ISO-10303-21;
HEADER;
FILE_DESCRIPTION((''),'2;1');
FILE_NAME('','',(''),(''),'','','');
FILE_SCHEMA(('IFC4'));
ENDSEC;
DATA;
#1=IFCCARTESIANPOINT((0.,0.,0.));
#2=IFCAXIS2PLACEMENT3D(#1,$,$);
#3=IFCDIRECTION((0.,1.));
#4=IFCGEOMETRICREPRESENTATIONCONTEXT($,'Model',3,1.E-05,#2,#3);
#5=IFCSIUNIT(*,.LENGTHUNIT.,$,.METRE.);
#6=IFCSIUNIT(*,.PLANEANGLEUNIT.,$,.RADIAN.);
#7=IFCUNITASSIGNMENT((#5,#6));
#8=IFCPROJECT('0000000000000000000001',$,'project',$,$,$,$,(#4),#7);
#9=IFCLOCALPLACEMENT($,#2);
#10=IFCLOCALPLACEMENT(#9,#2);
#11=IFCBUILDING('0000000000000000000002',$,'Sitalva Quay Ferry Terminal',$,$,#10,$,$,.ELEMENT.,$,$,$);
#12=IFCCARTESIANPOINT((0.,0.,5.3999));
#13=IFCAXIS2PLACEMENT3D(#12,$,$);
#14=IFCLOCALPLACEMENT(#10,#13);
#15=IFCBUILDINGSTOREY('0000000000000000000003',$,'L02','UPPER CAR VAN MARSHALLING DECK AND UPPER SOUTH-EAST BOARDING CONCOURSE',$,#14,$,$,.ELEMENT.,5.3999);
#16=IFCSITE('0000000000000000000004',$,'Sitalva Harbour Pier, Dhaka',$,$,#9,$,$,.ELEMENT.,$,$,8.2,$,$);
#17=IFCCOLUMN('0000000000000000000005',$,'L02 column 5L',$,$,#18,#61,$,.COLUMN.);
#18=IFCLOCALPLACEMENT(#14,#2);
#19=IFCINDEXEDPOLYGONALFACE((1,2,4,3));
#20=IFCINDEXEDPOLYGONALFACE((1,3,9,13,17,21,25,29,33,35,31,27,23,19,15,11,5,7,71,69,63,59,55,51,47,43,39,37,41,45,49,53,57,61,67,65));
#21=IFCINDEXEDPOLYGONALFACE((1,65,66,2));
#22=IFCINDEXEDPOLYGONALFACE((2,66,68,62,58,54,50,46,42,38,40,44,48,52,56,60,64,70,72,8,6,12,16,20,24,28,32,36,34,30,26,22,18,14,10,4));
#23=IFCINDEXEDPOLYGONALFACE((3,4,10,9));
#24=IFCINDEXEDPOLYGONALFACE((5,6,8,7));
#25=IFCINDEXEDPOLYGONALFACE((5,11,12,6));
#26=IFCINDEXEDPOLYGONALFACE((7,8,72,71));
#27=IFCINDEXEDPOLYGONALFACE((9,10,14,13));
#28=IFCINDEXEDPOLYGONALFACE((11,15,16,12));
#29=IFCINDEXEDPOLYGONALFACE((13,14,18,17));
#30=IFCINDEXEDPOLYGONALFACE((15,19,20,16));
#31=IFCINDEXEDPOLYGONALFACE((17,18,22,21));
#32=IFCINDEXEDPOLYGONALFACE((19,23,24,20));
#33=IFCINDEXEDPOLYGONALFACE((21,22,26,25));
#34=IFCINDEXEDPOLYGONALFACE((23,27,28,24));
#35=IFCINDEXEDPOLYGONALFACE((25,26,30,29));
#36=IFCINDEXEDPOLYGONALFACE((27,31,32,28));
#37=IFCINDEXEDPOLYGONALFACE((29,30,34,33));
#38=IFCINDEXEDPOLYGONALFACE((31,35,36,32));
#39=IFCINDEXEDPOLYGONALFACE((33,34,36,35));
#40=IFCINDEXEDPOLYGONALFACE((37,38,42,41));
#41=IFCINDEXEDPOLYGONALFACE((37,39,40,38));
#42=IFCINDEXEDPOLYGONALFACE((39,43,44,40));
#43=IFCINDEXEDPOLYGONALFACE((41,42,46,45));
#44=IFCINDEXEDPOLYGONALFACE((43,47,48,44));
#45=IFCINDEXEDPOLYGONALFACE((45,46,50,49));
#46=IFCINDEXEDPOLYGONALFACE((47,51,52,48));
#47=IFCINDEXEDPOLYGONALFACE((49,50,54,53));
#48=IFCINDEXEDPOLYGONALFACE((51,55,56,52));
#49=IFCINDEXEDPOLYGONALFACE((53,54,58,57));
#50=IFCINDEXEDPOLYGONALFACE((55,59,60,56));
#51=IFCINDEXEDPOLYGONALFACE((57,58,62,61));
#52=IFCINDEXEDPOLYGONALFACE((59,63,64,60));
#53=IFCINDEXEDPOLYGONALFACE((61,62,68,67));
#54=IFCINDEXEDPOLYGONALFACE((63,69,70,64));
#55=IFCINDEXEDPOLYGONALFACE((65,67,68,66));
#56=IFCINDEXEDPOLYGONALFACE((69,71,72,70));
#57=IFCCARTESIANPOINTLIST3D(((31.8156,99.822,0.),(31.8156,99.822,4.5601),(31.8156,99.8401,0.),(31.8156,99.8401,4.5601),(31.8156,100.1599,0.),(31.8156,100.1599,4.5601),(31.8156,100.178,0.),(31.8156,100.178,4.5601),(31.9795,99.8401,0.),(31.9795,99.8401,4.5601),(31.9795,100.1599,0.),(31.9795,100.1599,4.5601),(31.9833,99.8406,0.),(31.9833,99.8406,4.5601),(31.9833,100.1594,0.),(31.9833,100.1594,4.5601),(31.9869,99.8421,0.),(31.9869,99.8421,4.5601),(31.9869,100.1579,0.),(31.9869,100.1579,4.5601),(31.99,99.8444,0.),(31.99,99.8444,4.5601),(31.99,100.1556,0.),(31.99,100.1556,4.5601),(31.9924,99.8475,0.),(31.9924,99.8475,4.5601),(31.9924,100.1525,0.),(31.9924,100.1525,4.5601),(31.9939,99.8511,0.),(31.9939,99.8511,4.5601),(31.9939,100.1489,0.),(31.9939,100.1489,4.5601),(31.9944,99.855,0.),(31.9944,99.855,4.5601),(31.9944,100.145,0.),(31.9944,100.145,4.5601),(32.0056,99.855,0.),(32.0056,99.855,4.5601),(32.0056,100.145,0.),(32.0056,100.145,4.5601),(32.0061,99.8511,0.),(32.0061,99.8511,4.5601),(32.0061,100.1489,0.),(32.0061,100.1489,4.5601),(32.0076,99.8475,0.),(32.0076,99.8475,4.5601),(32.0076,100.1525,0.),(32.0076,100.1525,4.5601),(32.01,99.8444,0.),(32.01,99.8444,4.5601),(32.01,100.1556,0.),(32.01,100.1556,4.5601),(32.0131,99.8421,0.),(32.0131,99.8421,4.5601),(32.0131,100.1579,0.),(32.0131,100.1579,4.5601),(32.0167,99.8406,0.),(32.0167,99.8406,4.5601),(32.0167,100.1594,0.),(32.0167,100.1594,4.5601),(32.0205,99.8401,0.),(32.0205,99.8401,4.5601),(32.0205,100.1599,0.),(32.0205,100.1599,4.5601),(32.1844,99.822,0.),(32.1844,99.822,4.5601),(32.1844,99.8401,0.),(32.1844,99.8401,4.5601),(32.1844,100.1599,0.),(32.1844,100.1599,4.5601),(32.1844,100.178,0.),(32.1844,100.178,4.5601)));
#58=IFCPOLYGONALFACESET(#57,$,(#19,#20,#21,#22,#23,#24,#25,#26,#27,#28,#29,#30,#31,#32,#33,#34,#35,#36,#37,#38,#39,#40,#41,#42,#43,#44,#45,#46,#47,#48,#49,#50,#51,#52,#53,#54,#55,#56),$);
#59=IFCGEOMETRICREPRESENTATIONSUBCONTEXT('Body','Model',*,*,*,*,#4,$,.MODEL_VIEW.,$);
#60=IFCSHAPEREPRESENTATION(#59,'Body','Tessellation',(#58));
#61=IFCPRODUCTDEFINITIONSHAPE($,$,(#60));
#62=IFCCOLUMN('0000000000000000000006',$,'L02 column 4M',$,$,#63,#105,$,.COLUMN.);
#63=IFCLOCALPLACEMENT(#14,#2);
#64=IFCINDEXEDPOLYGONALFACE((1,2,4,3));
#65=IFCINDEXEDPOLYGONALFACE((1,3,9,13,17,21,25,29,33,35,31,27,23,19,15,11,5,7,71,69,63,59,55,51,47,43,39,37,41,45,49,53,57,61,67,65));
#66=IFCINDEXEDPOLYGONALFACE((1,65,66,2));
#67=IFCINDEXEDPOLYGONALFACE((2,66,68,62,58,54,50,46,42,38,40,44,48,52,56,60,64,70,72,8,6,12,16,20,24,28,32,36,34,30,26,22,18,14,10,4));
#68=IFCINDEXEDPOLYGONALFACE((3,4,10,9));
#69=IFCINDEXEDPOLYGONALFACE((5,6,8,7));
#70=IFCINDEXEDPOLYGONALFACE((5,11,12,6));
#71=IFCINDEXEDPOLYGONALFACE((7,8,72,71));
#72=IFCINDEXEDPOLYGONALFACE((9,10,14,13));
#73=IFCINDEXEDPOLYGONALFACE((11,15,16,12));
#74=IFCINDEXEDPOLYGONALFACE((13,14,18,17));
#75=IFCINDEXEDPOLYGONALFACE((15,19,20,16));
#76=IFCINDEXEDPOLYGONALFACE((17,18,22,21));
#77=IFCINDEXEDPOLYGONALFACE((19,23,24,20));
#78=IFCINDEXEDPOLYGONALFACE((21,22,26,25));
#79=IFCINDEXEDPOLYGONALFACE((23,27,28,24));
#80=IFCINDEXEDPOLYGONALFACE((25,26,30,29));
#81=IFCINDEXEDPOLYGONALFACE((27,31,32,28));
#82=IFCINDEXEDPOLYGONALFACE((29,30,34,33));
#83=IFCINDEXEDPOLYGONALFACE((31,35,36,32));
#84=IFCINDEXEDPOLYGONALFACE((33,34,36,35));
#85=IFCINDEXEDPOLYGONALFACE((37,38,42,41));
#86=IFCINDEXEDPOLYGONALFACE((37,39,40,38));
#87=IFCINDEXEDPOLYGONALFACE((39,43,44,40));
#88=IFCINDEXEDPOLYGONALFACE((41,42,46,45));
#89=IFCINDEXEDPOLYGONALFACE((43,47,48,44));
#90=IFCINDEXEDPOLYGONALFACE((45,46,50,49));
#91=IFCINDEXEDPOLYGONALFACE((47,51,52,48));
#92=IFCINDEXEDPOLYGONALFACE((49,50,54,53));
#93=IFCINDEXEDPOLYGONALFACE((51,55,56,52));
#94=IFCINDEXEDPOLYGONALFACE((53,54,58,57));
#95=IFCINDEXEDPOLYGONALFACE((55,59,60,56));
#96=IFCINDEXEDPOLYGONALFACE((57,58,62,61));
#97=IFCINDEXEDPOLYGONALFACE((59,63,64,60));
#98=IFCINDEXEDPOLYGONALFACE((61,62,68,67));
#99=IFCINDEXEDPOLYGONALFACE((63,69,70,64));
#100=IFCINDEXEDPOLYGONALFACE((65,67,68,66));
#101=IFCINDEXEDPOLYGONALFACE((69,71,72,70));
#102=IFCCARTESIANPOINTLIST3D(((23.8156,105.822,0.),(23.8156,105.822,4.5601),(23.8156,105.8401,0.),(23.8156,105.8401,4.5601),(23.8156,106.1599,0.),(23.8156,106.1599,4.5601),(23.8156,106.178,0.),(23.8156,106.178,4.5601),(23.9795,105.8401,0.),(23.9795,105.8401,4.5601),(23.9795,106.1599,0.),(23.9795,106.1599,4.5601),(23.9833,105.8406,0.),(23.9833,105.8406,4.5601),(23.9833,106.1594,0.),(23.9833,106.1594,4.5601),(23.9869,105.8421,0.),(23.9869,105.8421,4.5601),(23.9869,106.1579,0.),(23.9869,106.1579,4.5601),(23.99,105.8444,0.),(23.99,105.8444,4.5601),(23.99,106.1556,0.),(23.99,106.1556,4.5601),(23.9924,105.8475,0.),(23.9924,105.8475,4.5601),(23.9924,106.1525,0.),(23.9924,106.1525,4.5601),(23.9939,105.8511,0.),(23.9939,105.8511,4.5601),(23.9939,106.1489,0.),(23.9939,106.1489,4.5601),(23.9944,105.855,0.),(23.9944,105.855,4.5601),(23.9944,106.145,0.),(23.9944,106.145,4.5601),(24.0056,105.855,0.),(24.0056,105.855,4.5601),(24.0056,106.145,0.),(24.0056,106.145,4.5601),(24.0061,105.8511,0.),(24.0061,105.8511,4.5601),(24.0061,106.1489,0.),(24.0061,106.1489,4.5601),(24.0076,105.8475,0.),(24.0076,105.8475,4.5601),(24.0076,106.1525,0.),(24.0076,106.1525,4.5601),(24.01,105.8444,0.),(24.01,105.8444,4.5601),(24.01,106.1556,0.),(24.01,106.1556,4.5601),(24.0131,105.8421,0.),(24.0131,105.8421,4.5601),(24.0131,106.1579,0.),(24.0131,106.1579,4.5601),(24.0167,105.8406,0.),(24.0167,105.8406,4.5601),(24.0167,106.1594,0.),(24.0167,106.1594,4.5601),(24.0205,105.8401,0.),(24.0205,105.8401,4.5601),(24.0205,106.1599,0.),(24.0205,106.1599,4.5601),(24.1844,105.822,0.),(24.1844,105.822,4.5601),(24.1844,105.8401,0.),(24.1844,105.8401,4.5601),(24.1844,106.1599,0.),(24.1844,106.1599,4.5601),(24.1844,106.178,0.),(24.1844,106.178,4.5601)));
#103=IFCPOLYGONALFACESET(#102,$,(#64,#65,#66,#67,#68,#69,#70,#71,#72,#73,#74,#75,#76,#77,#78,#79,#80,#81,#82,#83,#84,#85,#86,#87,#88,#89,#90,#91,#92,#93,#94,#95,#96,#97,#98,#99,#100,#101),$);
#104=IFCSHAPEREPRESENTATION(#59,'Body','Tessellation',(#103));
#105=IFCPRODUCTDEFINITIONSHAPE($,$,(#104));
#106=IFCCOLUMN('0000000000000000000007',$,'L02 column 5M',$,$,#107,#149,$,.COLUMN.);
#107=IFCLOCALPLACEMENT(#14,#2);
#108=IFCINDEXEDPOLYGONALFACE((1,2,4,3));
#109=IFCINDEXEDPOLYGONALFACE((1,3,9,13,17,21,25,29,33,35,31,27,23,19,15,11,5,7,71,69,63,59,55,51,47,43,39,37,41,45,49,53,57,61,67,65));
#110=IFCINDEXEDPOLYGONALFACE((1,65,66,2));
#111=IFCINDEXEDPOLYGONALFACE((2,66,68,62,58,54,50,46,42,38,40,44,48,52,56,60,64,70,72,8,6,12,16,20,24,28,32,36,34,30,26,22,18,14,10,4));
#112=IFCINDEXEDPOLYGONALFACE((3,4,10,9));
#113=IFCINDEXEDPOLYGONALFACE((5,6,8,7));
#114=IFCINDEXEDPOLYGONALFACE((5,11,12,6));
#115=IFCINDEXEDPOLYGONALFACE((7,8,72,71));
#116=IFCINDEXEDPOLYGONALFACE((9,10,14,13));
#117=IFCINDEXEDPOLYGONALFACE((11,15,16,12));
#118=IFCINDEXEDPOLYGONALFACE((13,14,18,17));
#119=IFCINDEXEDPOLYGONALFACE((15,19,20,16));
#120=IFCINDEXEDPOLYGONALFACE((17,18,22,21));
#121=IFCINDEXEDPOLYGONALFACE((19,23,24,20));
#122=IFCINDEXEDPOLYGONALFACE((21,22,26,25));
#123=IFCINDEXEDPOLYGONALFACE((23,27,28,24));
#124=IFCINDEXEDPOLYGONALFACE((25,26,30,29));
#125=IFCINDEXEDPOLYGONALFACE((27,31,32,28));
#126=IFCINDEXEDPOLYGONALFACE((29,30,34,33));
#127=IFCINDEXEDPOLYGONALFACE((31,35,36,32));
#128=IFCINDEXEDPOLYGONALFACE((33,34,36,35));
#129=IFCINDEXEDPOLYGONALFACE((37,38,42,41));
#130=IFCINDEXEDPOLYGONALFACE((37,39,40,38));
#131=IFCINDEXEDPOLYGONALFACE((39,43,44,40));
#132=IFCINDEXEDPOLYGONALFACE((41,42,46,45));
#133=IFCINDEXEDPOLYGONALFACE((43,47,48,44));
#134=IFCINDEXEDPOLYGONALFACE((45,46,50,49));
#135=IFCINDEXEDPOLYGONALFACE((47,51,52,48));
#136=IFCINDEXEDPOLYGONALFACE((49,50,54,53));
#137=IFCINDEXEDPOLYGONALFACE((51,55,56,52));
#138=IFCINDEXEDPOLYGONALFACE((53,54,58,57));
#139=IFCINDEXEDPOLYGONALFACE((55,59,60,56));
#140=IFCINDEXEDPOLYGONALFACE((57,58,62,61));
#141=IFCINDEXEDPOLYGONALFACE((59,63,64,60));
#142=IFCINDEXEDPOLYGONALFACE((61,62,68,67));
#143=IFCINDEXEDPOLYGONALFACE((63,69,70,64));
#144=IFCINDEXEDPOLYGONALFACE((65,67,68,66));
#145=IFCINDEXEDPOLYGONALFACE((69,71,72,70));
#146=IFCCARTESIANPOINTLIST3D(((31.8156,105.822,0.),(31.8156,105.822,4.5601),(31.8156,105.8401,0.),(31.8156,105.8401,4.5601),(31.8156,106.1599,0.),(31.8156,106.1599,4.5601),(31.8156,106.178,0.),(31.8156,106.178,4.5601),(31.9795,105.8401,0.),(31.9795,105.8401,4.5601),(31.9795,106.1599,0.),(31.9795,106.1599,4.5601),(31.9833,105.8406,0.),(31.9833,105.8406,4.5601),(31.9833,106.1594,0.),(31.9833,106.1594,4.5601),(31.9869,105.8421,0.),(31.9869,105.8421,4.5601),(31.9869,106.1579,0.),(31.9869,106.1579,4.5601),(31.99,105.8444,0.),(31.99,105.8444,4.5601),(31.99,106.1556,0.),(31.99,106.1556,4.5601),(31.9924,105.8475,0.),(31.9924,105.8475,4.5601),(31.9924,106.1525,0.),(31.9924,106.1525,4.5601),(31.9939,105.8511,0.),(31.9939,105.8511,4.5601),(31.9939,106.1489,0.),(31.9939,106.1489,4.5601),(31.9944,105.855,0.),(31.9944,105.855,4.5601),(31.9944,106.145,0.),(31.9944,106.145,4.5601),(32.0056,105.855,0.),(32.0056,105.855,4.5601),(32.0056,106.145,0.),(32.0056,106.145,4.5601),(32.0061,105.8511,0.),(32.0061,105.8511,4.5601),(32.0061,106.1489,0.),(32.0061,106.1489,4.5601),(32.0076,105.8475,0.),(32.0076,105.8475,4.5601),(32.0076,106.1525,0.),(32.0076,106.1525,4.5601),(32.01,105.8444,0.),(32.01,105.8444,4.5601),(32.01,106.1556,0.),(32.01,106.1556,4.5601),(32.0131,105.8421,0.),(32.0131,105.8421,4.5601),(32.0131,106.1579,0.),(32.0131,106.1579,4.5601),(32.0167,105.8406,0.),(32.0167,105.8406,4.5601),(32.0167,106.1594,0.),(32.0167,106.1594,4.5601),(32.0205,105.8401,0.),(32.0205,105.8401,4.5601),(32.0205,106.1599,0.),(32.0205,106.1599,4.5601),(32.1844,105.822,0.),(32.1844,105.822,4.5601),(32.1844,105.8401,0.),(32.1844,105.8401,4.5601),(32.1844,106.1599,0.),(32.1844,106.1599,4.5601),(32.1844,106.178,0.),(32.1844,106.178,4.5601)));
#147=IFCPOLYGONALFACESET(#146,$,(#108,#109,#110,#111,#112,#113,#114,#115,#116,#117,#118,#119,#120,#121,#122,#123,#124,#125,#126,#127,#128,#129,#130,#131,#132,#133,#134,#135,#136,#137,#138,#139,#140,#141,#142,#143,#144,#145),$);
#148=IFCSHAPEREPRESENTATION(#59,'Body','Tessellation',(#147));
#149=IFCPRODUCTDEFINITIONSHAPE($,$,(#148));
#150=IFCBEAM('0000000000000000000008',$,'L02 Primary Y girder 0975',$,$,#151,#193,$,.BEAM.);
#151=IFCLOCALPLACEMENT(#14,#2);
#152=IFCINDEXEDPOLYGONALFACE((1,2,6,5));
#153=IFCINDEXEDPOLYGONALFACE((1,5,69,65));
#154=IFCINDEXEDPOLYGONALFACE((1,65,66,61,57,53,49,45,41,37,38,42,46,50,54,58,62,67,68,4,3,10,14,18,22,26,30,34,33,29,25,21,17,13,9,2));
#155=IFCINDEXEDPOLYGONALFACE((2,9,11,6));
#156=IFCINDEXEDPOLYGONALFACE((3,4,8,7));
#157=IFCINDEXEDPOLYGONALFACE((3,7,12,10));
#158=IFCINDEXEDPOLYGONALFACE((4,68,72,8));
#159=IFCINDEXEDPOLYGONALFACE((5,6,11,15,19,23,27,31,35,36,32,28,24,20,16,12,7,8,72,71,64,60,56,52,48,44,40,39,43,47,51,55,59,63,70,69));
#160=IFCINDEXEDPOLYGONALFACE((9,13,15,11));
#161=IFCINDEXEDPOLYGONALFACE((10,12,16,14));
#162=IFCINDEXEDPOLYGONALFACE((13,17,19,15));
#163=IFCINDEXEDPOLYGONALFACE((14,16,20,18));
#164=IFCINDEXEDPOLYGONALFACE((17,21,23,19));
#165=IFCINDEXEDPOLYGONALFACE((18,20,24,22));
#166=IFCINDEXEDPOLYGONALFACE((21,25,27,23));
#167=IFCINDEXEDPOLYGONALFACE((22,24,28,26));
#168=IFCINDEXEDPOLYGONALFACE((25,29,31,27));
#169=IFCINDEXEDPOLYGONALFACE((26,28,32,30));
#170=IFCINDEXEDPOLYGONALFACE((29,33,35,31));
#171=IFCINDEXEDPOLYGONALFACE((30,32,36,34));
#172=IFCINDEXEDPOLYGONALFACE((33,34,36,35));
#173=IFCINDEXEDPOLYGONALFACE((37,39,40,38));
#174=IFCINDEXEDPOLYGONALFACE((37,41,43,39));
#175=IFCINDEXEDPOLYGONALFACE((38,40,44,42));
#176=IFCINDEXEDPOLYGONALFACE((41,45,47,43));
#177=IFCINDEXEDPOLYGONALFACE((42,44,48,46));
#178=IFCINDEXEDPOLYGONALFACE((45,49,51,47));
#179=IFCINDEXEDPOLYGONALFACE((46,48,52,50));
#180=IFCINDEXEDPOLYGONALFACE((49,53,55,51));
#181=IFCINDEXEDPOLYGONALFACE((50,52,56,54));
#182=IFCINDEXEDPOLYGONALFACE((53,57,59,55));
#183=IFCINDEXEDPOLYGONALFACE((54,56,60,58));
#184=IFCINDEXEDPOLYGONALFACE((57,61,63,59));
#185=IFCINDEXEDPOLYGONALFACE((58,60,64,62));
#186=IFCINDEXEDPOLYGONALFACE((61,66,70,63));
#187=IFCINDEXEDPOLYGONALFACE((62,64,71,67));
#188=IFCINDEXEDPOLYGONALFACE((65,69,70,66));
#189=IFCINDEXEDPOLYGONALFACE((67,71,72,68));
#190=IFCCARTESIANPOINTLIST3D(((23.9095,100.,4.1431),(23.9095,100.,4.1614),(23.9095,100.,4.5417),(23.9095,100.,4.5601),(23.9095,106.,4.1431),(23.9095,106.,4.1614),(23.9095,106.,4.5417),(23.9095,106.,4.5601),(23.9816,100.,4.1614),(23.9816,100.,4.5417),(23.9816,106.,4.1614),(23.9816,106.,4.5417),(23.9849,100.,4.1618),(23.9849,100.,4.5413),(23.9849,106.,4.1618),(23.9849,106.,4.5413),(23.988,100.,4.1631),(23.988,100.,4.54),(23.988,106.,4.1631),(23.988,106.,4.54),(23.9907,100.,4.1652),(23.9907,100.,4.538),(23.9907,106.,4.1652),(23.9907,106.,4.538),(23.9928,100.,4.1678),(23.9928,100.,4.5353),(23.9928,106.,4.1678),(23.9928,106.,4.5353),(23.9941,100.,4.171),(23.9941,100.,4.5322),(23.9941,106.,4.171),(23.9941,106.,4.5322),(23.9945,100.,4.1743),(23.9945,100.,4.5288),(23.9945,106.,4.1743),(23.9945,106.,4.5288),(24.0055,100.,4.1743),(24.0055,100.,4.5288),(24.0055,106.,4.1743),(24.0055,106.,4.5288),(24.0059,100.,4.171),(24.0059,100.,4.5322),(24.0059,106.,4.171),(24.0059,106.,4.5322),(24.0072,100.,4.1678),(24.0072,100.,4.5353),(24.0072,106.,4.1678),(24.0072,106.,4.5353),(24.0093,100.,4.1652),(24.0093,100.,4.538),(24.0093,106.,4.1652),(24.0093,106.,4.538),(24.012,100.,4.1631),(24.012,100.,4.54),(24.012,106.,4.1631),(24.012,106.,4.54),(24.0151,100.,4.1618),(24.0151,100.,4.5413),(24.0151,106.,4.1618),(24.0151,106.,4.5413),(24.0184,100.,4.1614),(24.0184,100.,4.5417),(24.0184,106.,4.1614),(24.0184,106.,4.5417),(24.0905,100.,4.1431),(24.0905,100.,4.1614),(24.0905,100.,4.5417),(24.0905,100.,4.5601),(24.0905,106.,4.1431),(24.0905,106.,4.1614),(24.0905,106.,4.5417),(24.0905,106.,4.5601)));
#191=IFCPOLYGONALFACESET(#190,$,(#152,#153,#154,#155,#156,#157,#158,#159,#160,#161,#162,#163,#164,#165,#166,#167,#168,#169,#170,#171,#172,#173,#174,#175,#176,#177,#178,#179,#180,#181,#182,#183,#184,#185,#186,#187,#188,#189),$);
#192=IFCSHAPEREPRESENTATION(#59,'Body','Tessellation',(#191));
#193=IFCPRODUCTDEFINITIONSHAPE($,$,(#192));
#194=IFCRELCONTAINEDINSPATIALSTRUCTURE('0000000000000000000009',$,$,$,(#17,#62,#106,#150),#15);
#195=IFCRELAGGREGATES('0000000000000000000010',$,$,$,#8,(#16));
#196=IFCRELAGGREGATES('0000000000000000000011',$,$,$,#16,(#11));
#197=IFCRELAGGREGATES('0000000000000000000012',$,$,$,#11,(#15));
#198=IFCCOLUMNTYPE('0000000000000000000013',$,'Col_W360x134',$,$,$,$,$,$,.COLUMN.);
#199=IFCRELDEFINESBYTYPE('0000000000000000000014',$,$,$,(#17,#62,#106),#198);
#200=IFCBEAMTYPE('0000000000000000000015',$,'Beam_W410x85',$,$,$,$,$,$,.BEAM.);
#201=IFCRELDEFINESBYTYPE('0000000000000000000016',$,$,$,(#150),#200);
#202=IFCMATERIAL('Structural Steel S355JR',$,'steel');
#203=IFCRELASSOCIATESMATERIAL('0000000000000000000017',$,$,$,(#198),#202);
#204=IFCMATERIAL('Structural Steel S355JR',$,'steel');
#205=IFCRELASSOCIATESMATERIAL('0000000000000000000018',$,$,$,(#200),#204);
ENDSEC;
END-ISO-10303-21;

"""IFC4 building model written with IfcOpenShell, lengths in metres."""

from ifc_helpers import new_model, si_unit, direction, frame, origin, origin_2d, place, context, subcontext, project, spatial, i_section, extrude, material, material_profile, profile_set, type_object, element, save


model = new_model("IFC4")

# Units and contexts
model_context = context("Model", 3, precision=1e-05, world=origin(), true_north=direction((0.0, 1.0)))
body_context = subcontext(model_context, "Body", "Model", "MODEL_VIEW")
ifc_project = project(units=[si_unit("LENGTHUNIT", "METRE"), si_unit("PLANEANGLEUNIT", "RADIAN")], contexts=[model_context])

# Site, building, storey
site_placement = place(None, origin())
site = spatial("IfcSite", under=ifc_project, at=site_placement, Name="Sitalva Harbour Pier, Dhaka", CompositionType="ELEMENT", RefElevation=8.2)
building_placement = place(site_placement, origin())
building = spatial("IfcBuilding", under=site, at=building_placement, Name="Sitalva Quay Ferry Terminal", CompositionType="ELEMENT")
storey_placement = place(building_placement, frame((0.0, 0.0, 5.3999)))
storey = spatial("IfcBuildingStorey", under=building, at=storey_placement, Name="L02", Description="UPPER CAR VAN MARSHALLING DECK AND UPPER SOUTH-EAST BOARDING CONCOURSE", CompositionType="ELEMENT", Elevation=5.3999)

# Columns
ifc_material_1 = material(Name="Structural Steel S355JR", Category="steel")
ifc_material_profile_1 = material_profile(ifc_material_1, i_section(OverallWidth=0.3689, OverallDepth=0.356, WebThickness=0.0112, FlangeThickness=0.0181, FilletRadius=0.0149, at=origin_2d()), Name="W360x134")
ifc_profile_set_1 = profile_set([ifc_material_profile_1], Name="Structural Steel S355JR")
column_type = type_object("IfcColumnType", Name="Col_W360x134", PredefinedType="COLUMN", material=ifc_profile_set_1)
for number, where, z_axis, x_axis, name in (
    (1, (32.0, 100.0, 0.0), (0.0, 0.0, 1.0), (1.0, 0.0, 0.0), "L02 column 5L"),
    (2, (24.0, 106.0, 0.0), (0.0, 0.0, 1.0), (1.0, 0.0, 0.0), "L02 column 4M"),
    (3, (32.0, 106.0, 0.0), (0.0, 0.0, 1.0), (1.0, 0.0, 0.0), "L02 column 5M"),
):
    element("IfcColumn", number, at=place(storey_placement, frame(where, z_axis=z_axis, x_axis=x_axis)), inside=storey, type_object=column_type, Name=name, PredefinedType="COLUMN", context=body_context, shape_type="SweptSolid", body=[
        extrude(i_section(OverallWidth=0.3689, OverallDepth=0.356, WebThickness=0.0112, FlangeThickness=0.0181, FilletRadius=0.0149, at=origin_2d()), origin(), (0.0, 0.0, 1.0), 4.5601),
    ])

# Beam
ifc_material_2 = material(Name="Structural Steel S355JR", Category="steel")
ifc_material_profile_2 = material_profile(ifc_material_2, i_section(OverallWidth=0.1809, OverallDepth=0.417, WebThickness=0.011, FlangeThickness=0.0183, FilletRadius=0.0129, at=origin_2d()), Name="W410x85")
ifc_profile_set_2 = profile_set([ifc_material_profile_2], Name="Structural Steel S355JR")
beam_type_1 = type_object("IfcBeamType", Name="Beam_W410x85", PredefinedType="BEAM", material=ifc_profile_set_2)
for number, where, z_axis, x_axis, name in (
    (4, (24.0, 100.0, 4.3516), (0.0, 1.0, 0.0), (-1.0, 0.0, 0.0), "L02 Primary Y girder 0975"),
):
    element("IfcBeam", number, at=place(storey_placement, frame(where, z_axis=z_axis, x_axis=x_axis)), inside=storey, type_object=beam_type_1, Name=name, PredefinedType="BEAM", context=body_context, shape_type="SweptSolid", body=[
        extrude(i_section(OverallWidth=0.1809, OverallDepth=0.417, WebThickness=0.011, FlangeThickness=0.0183, FilletRadius=0.0129, at=origin_2d()), origin(), (0.0, 0.0, 1.0), 6.0),
    ])

save(model, "model.ifc")
